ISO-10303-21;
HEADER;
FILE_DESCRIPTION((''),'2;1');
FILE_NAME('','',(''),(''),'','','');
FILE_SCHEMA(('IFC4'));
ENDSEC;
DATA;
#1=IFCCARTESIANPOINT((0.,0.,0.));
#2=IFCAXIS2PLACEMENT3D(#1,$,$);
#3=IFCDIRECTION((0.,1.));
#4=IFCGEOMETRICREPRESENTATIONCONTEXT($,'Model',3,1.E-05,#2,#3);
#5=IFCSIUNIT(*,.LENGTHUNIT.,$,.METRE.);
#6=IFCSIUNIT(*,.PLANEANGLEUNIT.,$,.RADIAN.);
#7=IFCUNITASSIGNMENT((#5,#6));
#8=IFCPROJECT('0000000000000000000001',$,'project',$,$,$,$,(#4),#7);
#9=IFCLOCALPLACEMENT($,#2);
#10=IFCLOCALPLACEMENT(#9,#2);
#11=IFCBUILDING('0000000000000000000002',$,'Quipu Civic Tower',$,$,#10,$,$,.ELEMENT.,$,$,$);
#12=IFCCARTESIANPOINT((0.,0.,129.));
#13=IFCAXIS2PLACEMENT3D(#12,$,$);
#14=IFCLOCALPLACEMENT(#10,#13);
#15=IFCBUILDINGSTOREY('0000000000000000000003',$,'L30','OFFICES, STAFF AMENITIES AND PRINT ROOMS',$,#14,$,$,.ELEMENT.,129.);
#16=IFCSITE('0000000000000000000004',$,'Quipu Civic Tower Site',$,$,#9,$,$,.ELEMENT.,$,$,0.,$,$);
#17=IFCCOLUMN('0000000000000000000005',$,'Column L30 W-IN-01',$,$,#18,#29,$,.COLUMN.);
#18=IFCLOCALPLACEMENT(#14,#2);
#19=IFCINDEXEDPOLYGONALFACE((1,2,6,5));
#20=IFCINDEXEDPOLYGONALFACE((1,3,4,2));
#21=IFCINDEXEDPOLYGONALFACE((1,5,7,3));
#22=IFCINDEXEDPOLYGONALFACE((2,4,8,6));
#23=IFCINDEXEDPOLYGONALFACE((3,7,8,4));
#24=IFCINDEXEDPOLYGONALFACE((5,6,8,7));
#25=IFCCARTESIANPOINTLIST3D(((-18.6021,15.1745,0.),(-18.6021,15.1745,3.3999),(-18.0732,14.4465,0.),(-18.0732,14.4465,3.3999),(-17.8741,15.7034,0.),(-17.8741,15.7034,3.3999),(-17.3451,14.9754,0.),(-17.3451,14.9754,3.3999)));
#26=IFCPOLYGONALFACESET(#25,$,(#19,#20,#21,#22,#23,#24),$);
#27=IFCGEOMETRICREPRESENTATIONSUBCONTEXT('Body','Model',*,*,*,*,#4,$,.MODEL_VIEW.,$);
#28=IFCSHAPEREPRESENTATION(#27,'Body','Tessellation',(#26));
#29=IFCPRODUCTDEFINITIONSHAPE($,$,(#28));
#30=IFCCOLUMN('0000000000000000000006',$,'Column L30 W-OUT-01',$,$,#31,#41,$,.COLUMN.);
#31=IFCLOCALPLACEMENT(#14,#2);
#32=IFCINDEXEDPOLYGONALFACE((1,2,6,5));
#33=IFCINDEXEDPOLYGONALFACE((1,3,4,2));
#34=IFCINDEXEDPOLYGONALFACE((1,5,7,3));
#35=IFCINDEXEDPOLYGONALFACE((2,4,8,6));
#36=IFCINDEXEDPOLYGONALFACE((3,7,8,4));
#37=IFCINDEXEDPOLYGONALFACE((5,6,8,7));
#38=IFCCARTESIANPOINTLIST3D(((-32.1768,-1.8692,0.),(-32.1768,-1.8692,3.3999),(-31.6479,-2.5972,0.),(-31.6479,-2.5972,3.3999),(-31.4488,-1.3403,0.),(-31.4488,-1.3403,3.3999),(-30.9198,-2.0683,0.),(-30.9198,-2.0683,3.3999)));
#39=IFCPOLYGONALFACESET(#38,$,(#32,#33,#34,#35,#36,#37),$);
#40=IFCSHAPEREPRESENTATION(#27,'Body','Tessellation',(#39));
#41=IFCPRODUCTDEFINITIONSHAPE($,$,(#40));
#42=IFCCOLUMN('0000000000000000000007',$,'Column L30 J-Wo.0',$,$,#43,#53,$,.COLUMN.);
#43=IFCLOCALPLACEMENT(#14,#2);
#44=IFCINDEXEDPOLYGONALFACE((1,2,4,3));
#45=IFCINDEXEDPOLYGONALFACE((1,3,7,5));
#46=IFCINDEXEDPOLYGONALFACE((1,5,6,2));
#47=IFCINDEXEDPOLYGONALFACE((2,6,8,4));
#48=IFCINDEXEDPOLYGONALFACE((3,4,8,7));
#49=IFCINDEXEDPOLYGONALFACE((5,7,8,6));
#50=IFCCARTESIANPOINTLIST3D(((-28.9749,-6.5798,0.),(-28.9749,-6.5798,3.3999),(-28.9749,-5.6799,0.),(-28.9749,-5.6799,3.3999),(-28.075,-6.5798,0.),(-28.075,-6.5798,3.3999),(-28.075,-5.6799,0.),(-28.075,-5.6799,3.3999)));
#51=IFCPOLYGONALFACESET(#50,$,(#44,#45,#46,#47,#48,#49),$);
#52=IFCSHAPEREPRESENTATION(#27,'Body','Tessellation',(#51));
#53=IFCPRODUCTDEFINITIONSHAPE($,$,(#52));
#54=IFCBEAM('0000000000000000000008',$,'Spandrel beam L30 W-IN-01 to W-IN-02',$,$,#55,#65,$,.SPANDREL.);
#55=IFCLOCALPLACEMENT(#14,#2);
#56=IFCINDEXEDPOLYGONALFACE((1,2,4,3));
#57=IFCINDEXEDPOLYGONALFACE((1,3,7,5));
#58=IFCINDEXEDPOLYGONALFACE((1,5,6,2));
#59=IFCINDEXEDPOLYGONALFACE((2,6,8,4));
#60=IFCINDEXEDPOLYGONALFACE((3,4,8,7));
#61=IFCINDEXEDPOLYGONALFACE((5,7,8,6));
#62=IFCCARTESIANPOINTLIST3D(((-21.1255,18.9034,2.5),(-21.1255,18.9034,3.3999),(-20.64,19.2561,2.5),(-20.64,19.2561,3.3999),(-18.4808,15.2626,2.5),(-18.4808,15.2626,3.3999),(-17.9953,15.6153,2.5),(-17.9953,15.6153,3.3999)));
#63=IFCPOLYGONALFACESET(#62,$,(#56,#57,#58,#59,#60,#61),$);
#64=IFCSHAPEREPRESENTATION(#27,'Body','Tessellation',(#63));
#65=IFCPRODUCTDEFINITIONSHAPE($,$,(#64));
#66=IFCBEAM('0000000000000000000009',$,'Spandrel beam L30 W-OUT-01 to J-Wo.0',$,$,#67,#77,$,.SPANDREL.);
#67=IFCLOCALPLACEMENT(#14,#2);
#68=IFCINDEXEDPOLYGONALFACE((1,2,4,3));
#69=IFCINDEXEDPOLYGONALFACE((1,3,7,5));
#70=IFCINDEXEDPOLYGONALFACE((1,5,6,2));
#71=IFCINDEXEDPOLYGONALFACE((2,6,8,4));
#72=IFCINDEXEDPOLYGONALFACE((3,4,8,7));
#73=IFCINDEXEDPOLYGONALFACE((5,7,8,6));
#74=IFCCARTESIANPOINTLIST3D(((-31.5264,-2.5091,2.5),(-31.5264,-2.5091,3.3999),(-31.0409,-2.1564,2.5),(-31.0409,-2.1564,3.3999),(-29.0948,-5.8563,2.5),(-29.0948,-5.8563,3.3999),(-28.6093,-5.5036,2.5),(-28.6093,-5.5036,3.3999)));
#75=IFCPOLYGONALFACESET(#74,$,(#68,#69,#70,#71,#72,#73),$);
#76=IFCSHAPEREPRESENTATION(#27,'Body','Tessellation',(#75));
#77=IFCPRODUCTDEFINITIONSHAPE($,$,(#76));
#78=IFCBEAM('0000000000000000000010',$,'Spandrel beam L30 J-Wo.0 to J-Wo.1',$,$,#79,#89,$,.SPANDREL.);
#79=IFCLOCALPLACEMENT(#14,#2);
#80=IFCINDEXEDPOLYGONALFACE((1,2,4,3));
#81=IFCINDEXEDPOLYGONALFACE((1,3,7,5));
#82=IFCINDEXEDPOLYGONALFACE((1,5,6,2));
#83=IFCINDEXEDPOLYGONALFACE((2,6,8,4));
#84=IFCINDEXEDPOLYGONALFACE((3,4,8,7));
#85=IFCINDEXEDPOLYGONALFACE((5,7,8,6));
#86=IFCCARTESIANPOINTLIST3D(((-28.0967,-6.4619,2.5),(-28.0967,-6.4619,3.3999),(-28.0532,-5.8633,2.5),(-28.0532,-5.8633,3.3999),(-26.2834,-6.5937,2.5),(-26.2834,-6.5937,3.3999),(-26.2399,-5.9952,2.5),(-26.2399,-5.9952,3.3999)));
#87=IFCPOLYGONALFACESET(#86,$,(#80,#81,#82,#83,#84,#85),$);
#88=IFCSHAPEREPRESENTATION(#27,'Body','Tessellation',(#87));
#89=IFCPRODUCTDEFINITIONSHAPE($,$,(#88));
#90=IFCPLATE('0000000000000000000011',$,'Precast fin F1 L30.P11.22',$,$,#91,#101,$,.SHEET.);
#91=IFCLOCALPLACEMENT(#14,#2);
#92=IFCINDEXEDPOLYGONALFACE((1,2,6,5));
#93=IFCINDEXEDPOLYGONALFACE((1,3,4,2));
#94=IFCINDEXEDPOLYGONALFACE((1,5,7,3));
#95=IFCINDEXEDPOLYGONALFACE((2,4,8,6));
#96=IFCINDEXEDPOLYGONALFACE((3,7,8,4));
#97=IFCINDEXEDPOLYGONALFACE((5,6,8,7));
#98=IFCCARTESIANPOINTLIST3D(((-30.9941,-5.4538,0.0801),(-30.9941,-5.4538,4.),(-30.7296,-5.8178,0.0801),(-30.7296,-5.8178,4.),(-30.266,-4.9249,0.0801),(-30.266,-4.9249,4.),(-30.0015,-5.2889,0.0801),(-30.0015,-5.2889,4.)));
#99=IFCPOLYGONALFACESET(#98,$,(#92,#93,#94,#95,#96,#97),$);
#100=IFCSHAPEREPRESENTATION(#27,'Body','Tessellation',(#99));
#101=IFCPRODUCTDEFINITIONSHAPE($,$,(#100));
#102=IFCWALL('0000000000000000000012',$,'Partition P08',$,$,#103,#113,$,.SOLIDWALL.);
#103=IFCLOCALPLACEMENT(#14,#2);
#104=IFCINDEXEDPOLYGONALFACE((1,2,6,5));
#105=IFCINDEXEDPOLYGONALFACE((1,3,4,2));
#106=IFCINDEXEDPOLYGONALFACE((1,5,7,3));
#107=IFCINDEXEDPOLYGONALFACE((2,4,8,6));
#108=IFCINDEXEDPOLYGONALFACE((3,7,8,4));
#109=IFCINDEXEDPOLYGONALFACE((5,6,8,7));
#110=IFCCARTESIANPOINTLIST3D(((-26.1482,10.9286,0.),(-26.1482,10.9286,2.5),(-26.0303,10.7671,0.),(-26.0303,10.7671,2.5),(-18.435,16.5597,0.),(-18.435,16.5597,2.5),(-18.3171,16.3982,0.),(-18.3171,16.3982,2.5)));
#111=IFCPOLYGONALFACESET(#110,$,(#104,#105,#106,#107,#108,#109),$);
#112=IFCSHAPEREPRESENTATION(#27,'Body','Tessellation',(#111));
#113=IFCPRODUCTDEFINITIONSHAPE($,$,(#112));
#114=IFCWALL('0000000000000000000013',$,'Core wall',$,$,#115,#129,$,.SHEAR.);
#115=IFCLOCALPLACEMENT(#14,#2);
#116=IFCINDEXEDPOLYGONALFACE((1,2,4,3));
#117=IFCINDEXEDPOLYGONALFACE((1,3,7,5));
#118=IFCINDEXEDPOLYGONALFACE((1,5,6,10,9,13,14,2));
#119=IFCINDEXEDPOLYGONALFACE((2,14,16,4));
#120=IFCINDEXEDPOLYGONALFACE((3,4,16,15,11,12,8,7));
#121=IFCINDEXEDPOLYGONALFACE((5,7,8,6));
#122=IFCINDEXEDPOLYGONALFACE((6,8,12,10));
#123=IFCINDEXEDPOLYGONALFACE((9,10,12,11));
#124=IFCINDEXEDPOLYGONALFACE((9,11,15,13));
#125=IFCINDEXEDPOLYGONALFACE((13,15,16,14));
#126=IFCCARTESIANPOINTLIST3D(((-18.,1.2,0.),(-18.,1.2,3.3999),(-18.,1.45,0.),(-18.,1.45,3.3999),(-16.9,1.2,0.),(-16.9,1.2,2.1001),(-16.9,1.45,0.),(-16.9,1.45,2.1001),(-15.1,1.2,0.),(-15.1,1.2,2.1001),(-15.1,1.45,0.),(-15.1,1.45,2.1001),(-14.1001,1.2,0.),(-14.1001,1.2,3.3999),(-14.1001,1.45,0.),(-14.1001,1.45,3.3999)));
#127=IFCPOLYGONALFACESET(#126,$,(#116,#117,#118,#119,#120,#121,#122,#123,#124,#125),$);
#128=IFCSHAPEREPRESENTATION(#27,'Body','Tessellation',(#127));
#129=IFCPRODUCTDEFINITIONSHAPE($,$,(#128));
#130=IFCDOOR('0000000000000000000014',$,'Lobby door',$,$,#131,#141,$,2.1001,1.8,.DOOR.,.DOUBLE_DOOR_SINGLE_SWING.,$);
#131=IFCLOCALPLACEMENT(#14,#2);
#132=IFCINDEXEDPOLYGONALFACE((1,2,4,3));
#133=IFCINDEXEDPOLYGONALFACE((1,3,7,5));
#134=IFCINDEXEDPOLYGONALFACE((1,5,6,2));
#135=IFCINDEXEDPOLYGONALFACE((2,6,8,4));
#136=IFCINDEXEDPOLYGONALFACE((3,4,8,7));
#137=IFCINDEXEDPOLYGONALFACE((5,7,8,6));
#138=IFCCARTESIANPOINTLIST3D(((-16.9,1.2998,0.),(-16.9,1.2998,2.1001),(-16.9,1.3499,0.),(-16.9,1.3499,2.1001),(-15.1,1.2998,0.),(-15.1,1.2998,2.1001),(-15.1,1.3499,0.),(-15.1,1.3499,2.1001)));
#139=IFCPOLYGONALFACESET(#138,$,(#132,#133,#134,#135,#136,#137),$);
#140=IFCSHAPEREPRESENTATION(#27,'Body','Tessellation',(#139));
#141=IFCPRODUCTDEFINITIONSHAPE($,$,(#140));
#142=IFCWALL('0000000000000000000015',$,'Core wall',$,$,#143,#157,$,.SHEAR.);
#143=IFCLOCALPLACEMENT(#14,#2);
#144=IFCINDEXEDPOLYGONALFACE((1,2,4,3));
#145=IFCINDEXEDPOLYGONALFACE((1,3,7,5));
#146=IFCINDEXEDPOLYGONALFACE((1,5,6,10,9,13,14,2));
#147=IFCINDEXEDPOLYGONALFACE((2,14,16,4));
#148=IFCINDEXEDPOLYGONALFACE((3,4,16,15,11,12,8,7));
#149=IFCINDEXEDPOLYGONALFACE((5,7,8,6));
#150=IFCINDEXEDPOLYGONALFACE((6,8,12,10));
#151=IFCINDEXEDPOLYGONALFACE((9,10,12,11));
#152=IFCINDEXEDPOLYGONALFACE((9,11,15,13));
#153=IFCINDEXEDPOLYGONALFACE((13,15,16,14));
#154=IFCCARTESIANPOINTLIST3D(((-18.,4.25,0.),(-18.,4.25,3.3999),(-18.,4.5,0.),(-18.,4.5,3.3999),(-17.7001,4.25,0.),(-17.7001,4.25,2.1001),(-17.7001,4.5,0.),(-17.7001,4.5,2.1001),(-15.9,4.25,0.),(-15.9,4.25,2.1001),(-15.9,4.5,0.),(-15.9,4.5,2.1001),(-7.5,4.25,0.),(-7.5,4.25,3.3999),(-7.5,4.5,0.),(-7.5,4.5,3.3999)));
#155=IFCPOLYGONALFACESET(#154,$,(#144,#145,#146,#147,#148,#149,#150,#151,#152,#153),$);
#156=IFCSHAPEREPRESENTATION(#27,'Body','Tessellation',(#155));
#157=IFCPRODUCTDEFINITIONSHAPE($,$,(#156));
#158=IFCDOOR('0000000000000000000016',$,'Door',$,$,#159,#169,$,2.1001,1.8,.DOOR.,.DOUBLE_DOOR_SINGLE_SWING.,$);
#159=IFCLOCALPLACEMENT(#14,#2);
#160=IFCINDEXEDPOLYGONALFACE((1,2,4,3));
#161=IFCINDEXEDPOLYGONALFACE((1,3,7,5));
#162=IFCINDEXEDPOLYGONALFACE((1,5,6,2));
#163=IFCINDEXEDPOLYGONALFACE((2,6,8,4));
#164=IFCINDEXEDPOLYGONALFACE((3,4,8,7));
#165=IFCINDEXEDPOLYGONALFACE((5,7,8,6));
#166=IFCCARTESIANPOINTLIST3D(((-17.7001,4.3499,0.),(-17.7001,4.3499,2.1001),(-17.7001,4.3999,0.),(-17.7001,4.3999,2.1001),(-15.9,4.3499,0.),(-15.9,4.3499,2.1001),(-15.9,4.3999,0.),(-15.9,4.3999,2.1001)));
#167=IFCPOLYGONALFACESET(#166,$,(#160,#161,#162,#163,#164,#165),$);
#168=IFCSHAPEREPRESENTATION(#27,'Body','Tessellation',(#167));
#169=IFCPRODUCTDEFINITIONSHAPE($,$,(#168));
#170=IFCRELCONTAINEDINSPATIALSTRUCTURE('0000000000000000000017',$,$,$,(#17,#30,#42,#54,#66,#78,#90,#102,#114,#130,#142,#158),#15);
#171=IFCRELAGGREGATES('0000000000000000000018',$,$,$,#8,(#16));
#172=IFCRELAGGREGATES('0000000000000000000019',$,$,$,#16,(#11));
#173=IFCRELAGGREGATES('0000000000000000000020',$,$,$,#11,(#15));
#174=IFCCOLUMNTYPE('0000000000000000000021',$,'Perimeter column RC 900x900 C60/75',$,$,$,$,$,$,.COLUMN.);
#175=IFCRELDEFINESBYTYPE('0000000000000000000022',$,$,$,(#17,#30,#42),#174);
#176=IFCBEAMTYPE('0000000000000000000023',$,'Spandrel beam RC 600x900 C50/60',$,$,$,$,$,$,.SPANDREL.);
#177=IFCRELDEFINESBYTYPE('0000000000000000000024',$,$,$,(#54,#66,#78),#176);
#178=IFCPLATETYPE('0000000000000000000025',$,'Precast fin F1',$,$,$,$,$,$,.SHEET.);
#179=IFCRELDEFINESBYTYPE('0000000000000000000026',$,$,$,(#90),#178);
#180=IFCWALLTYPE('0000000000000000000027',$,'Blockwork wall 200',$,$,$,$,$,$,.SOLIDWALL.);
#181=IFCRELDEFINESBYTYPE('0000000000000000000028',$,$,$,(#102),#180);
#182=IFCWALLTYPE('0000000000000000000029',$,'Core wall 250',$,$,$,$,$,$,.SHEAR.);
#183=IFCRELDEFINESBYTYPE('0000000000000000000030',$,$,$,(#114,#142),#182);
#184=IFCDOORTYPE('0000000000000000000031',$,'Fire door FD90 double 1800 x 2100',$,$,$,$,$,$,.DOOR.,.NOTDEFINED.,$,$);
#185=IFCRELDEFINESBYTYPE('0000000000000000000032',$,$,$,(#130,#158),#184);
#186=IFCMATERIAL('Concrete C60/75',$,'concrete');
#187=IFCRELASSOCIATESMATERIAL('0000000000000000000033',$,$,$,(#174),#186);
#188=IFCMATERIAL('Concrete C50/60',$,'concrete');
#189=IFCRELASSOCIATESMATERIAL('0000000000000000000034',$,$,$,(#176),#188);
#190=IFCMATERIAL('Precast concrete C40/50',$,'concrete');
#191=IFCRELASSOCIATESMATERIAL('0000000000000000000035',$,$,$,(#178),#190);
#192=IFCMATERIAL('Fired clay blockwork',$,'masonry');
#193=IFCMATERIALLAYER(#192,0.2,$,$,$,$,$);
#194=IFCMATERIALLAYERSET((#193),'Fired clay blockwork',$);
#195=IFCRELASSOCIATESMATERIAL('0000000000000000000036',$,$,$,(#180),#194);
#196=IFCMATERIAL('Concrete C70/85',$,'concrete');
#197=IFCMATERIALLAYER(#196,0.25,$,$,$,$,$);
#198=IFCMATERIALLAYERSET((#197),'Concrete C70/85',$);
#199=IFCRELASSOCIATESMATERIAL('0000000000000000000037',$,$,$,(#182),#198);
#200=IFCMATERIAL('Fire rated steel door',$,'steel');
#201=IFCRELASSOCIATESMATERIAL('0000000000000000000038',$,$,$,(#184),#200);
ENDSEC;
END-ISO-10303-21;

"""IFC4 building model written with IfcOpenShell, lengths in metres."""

from ifc_helpers import new_model, si_unit, direction, frame, frame_2d, origin, origin_2d, place, context, subcontext, project, spatial, rectangle, extrude, material, layer, layer_set, material_profile, profile_set, type_object, element, fill, save


model = new_model("IFC4")

# Units and contexts
model_context = context("Model", 3, precision=1e-05, world=origin(), true_north=direction((0.0, 1.0)))
body_context = subcontext(model_context, "Body", "Model", "MODEL_VIEW")
ifc_project = project(units=[si_unit("LENGTHUNIT", "METRE"), si_unit("PLANEANGLEUNIT", "RADIAN")], contexts=[model_context])

# Site, building, storey
site_placement = place(None, origin())
site = spatial("IfcSite", under=ifc_project, at=site_placement, Name="Quipu Civic Tower Site", CompositionType="ELEMENT", RefElevation=0.0)
building_placement = place(site_placement, origin())
building = spatial("IfcBuilding", under=site, at=building_placement, Name="Quipu Civic Tower", CompositionType="ELEMENT")
storey_placement = place(building_placement, frame((0.0, 0.0, 129.0)))
storey = spatial("IfcBuildingStorey", under=building, at=storey_placement, Name="L30", Description="OFFICES, STAFF AMENITIES AND PRINT ROOMS", CompositionType="ELEMENT", Elevation=129.0)

# Columns
ifc_material_1 = material(Name="Concrete C60/75", Category="concrete")
ifc_material_profile_1 = material_profile(ifc_material_1, rectangle(XDim=0.8999, YDim=0.8999, at=origin_2d()), Name="RC900x900")
ifc_profile_set_1 = profile_set([ifc_material_profile_1], Name="Concrete C60/75")
column_type = type_object("IfcColumnType", Name="Perimeter column RC 900x900 C60/75", PredefinedType="COLUMN", material=ifc_profile_set_1)
for number, where, z_axis, x_axis, name in (
    (1, (-17.9736, 15.075, 0.0), (0.0, 0.0, 1.0), (-0.587785, 0.809017, 0.0), "Column L30 W-IN-01"),
    (2, (-31.5483, -1.9688, 0.0), (0.0, 0.0, 1.0), (0.587785, -0.809017, 0.0), "Column L30 W-OUT-01"),
    (3, (-28.5249, -6.1299, 0.0), (0.0, 0.0, 1.0), (1.0, 0.0, 0.0), "Column L30 J-Wo.0"),
):
    element("IfcColumn", number, at=place(storey_placement, frame(where, z_axis=z_axis, x_axis=x_axis)), inside=storey, type_object=column_type, Name=name, PredefinedType="COLUMN", context=body_context, shape_type="SweptSolid", body=[
        extrude(rectangle(XDim=0.8999, YDim=0.8999, at=origin_2d()), origin(), (0.0, 0.0, 1.0), 3.3999),
    ])

# Beams
ifc_material_2 = material(Name="Concrete C50/60", Category="concrete")
ifc_material_profile_2 = material_profile(ifc_material_2, rectangle(XDim=0.6001, YDim=0.8999, at=origin_2d()), Name="RC600x900")
ifc_profile_set_2 = profile_set([ifc_material_profile_2], Name="Concrete C50/60")
beam_type = type_object("IfcBeamType", Name="Spandrel beam RC 600x900 C50/60", PredefinedType="SPANDREL", material=ifc_profile_set_2)
beam_1_placement = place(storey_placement, frame((-18.238, 15.439, 2.95), z_axis=(-0.587717, 0.809067, 0.0), x_axis=(-0.809067, -0.587717, 0.0)))
element("IfcBeam", 4, at=beam_1_placement, inside=storey, type_object=beam_type, Name="Spandrel beam L30 W-IN-01 to W-IN-02", PredefinedType="SPANDREL", context=body_context, shape_type="SweptSolid", body=[
    extrude(rectangle(XDim=0.6001, YDim=0.8999, at=origin_2d()), origin(), (0.0, 0.0, 1.0), 4.5),
])
beam_2_placement = place(storey_placement, frame((-31.2837, -2.3328, 2.95), z_axis=(0.587751, -0.809042, 0.0), x_axis=(0.809042, 0.587751, 0.0)))
element("IfcBeam", 5, at=beam_2_placement, inside=storey, type_object=beam_type, Name="Spandrel beam L30 W-OUT-01 to J-Wo.0", PredefinedType="SPANDREL", context=body_context, shape_type="SweptSolid", body=[
    extrude(rectangle(XDim=0.6001, YDim=0.8999, at=origin_2d()), origin(), (0.0, 0.0, 1.0), 4.1372),
])
beam_3_placement = place(storey_placement, frame((-28.075, -6.1626, 2.95), z_axis=(0.997367, -0.072516, 0.0), x_axis=(0.072516, 0.997367, 0.0)))
element("IfcBeam", 6, at=beam_3_placement, inside=storey, type_object=beam_type, Name="Spandrel beam L30 J-Wo.0 to J-Wo.1", PredefinedType="SPANDREL", context=body_context, shape_type="SweptSolid", body=[
    extrude(rectangle(XDim=0.6001, YDim=0.8999, at=origin_2d()), origin(), (0.0, 0.0, 1.0), 1.8181),
])

# Plate
ifc_material_3 = material(Name="Precast concrete C40/50", Category="concrete")
plate_type = type_object("IfcPlateType", Name="Precast fin F1", PredefinedType="SHEET", material=ifc_material_3)
plate_placement = place(storey_placement, frame((-30.4978, -5.3713, 0.0801), z_axis=(0.0, 0.0, 1.0), x_axis=(0.587786, -0.809017, 0.0)))
element("IfcPlate", 7, at=plate_placement, inside=storey, type_object=plate_type, Name="Precast fin F1 L30.P11.22", PredefinedType="SHEET", context=body_context, shape_type="SweptSolid", body=[
    extrude(rectangle(XDim=0.45, YDim=0.8999, at=origin_2d()), origin(), (0.0, 0.0, 1.0), 3.9199),
])

# Wall
ifc_material_4 = material(Name="Fired clay blockwork", Category="masonry")
ifc_layer_1 = layer(ifc_material_4, 0.2)
ifc_layer_set_1 = layer_set([ifc_layer_1], Name="Fired clay blockwork")
wall_type_1 = type_object("IfcWallType", Name="Blockwork wall 200", PredefinedType="SOLIDWALL", material=ifc_layer_set_1)
wall_1_placement = place(storey_placement, frame((-26.0891, 10.8479, 0.0), z_axis=(0.0, 0.0, 1.0), x_axis=(0.807661, 0.589647, 0.0)))
element("IfcWall", 8, at=wall_1_placement, inside=storey, type_object=wall_type_1, Name="Partition P08", PredefinedType="SOLIDWALL", context=body_context, shape_type="SweptSolid", body=[
    extrude(rectangle(XDim=9.55, YDim=0.2, at=frame_2d((4.7749, 0.0))), origin(), (0.0, 0.0, 1.0), 2.5),
])

# Walls, openings, doors
ifc_material_5 = material(Name="Concrete C70/85", Category="concrete")
ifc_layer_2 = layer(ifc_material_5, 0.25)
ifc_layer_set_2 = layer_set([ifc_layer_2], Name="Concrete C70/85")
wall_type_2 = type_object("IfcWallType", Name="Core wall 250", PredefinedType="SHEAR", material=ifc_layer_set_2)
wall_2_placement = place(storey_placement, frame((-18.0, 1.325, 0.0), z_axis=(0.0, 0.0, 1.0), x_axis=(1.0, 0.0, 0.0)))
wall_2 = element("IfcWall", 9, at=wall_2_placement, inside=storey, type_object=wall_type_2, Name="Core wall", PredefinedType="SHEAR", context=body_context, shape_type="SweptSolid", body=[
    extrude(rectangle(XDim=3.8999, YDim=0.25, at=frame_2d((1.95, 0.0))), origin(), (0.0, 0.0, 1.0), 3.3999),
])
opening_1_placement = place(wall_2_placement, frame((1.1001, 0.0, 0.0)))
opening_1 = element("IfcOpeningElement", 10, at=opening_1_placement, cuts=wall_2, PredefinedType="OPENING", context=body_context, shape_type="SweptSolid", body=[
    extrude(rectangle(XDim=1.8, YDim=2.1001, at=frame_2d((0.8999, 1.05))), frame((0.0, 0.135, 0.0), z_axis=(0.0, -1.0, 0.0), x_axis=(1.0, 0.0, 0.0)), (0.0, 0.0, 1.0), 0.27),
])
ifc_material_6 = material(Name="Fire rated steel door", Category="steel")
door_type_1 = type_object("IfcDoorType", Name="Fire door FD90 double 1800 x 2100", OperationType="NOTDEFINED", PredefinedType="DOOR", material=ifc_material_6)
door_1_placement = place(opening_1_placement, origin())
door_1 = element("IfcDoor", 11, at=door_1_placement, inside=storey, type_object=door_type_1, Name="Lobby door", OperationType="DOUBLE_DOOR_SINGLE_SWING", OverallHeight=2.1001, OverallWidth=1.8, PredefinedType="DOOR", context=body_context, shape_type="SweptSolid", body=[
    extrude(rectangle(XDim=1.8, YDim=2.1001, at=frame_2d((0.8999, 1.05))), frame((0.0, 0.0249, 0.0), z_axis=(0.0, -1.0, 0.0), x_axis=(1.0, 0.0, 0.0)), (0.0, 0.0, 1.0), 0.05),
])
fill(opening_1, door_1)
wall_3_placement = place(storey_placement, frame((-18.0, 4.375, 0.0), z_axis=(0.0, 0.0, 1.0), x_axis=(1.0, 0.0, 0.0)))
wall_3 = element("IfcWall", 12, at=wall_3_placement, inside=storey, type_object=wall_type_2, Name="Core wall", PredefinedType="SHEAR", context=body_context, shape_type="SweptSolid", body=[
    extrude(rectangle(XDim=10.5, YDim=0.25, at=frame_2d((5.25, 0.0))), origin(), (0.0, 0.0, 1.0), 3.3999),
])
opening_2_placement = place(wall_3_placement, frame((0.3, 0.0, 0.0)))
opening_2 = element("IfcOpeningElement", 13, at=opening_2_placement, cuts=wall_3, PredefinedType="OPENING", context=body_context, shape_type="SweptSolid", body=[
    extrude(rectangle(XDim=1.8, YDim=2.1001, at=frame_2d((0.8999, 1.05))), frame((0.0, 0.135, 0.0), z_axis=(0.0, -1.0, 0.0), x_axis=(1.0, 0.0, 0.0)), (0.0, 0.0, 1.0), 0.27),
])
door_2_placement = place(opening_2_placement, origin())
door_2 = element("IfcDoor", 14, at=door_2_placement, inside=storey, type_object=door_type_1, Name="Door", OperationType="DOUBLE_DOOR_SINGLE_SWING", OverallHeight=2.1001, OverallWidth=1.8, PredefinedType="DOOR", context=body_context, shape_type="SweptSolid", body=[
    extrude(rectangle(XDim=1.8, YDim=2.1001, at=frame_2d((0.8999, 1.05))), frame((0.0, 0.0249, 0.0), z_axis=(0.0, -1.0, 0.0), x_axis=(1.0, 0.0, 0.0)), (0.0, 0.0, 1.0), 0.05),
])
fill(opening_2, door_2)

save(model, "model.ifc")
